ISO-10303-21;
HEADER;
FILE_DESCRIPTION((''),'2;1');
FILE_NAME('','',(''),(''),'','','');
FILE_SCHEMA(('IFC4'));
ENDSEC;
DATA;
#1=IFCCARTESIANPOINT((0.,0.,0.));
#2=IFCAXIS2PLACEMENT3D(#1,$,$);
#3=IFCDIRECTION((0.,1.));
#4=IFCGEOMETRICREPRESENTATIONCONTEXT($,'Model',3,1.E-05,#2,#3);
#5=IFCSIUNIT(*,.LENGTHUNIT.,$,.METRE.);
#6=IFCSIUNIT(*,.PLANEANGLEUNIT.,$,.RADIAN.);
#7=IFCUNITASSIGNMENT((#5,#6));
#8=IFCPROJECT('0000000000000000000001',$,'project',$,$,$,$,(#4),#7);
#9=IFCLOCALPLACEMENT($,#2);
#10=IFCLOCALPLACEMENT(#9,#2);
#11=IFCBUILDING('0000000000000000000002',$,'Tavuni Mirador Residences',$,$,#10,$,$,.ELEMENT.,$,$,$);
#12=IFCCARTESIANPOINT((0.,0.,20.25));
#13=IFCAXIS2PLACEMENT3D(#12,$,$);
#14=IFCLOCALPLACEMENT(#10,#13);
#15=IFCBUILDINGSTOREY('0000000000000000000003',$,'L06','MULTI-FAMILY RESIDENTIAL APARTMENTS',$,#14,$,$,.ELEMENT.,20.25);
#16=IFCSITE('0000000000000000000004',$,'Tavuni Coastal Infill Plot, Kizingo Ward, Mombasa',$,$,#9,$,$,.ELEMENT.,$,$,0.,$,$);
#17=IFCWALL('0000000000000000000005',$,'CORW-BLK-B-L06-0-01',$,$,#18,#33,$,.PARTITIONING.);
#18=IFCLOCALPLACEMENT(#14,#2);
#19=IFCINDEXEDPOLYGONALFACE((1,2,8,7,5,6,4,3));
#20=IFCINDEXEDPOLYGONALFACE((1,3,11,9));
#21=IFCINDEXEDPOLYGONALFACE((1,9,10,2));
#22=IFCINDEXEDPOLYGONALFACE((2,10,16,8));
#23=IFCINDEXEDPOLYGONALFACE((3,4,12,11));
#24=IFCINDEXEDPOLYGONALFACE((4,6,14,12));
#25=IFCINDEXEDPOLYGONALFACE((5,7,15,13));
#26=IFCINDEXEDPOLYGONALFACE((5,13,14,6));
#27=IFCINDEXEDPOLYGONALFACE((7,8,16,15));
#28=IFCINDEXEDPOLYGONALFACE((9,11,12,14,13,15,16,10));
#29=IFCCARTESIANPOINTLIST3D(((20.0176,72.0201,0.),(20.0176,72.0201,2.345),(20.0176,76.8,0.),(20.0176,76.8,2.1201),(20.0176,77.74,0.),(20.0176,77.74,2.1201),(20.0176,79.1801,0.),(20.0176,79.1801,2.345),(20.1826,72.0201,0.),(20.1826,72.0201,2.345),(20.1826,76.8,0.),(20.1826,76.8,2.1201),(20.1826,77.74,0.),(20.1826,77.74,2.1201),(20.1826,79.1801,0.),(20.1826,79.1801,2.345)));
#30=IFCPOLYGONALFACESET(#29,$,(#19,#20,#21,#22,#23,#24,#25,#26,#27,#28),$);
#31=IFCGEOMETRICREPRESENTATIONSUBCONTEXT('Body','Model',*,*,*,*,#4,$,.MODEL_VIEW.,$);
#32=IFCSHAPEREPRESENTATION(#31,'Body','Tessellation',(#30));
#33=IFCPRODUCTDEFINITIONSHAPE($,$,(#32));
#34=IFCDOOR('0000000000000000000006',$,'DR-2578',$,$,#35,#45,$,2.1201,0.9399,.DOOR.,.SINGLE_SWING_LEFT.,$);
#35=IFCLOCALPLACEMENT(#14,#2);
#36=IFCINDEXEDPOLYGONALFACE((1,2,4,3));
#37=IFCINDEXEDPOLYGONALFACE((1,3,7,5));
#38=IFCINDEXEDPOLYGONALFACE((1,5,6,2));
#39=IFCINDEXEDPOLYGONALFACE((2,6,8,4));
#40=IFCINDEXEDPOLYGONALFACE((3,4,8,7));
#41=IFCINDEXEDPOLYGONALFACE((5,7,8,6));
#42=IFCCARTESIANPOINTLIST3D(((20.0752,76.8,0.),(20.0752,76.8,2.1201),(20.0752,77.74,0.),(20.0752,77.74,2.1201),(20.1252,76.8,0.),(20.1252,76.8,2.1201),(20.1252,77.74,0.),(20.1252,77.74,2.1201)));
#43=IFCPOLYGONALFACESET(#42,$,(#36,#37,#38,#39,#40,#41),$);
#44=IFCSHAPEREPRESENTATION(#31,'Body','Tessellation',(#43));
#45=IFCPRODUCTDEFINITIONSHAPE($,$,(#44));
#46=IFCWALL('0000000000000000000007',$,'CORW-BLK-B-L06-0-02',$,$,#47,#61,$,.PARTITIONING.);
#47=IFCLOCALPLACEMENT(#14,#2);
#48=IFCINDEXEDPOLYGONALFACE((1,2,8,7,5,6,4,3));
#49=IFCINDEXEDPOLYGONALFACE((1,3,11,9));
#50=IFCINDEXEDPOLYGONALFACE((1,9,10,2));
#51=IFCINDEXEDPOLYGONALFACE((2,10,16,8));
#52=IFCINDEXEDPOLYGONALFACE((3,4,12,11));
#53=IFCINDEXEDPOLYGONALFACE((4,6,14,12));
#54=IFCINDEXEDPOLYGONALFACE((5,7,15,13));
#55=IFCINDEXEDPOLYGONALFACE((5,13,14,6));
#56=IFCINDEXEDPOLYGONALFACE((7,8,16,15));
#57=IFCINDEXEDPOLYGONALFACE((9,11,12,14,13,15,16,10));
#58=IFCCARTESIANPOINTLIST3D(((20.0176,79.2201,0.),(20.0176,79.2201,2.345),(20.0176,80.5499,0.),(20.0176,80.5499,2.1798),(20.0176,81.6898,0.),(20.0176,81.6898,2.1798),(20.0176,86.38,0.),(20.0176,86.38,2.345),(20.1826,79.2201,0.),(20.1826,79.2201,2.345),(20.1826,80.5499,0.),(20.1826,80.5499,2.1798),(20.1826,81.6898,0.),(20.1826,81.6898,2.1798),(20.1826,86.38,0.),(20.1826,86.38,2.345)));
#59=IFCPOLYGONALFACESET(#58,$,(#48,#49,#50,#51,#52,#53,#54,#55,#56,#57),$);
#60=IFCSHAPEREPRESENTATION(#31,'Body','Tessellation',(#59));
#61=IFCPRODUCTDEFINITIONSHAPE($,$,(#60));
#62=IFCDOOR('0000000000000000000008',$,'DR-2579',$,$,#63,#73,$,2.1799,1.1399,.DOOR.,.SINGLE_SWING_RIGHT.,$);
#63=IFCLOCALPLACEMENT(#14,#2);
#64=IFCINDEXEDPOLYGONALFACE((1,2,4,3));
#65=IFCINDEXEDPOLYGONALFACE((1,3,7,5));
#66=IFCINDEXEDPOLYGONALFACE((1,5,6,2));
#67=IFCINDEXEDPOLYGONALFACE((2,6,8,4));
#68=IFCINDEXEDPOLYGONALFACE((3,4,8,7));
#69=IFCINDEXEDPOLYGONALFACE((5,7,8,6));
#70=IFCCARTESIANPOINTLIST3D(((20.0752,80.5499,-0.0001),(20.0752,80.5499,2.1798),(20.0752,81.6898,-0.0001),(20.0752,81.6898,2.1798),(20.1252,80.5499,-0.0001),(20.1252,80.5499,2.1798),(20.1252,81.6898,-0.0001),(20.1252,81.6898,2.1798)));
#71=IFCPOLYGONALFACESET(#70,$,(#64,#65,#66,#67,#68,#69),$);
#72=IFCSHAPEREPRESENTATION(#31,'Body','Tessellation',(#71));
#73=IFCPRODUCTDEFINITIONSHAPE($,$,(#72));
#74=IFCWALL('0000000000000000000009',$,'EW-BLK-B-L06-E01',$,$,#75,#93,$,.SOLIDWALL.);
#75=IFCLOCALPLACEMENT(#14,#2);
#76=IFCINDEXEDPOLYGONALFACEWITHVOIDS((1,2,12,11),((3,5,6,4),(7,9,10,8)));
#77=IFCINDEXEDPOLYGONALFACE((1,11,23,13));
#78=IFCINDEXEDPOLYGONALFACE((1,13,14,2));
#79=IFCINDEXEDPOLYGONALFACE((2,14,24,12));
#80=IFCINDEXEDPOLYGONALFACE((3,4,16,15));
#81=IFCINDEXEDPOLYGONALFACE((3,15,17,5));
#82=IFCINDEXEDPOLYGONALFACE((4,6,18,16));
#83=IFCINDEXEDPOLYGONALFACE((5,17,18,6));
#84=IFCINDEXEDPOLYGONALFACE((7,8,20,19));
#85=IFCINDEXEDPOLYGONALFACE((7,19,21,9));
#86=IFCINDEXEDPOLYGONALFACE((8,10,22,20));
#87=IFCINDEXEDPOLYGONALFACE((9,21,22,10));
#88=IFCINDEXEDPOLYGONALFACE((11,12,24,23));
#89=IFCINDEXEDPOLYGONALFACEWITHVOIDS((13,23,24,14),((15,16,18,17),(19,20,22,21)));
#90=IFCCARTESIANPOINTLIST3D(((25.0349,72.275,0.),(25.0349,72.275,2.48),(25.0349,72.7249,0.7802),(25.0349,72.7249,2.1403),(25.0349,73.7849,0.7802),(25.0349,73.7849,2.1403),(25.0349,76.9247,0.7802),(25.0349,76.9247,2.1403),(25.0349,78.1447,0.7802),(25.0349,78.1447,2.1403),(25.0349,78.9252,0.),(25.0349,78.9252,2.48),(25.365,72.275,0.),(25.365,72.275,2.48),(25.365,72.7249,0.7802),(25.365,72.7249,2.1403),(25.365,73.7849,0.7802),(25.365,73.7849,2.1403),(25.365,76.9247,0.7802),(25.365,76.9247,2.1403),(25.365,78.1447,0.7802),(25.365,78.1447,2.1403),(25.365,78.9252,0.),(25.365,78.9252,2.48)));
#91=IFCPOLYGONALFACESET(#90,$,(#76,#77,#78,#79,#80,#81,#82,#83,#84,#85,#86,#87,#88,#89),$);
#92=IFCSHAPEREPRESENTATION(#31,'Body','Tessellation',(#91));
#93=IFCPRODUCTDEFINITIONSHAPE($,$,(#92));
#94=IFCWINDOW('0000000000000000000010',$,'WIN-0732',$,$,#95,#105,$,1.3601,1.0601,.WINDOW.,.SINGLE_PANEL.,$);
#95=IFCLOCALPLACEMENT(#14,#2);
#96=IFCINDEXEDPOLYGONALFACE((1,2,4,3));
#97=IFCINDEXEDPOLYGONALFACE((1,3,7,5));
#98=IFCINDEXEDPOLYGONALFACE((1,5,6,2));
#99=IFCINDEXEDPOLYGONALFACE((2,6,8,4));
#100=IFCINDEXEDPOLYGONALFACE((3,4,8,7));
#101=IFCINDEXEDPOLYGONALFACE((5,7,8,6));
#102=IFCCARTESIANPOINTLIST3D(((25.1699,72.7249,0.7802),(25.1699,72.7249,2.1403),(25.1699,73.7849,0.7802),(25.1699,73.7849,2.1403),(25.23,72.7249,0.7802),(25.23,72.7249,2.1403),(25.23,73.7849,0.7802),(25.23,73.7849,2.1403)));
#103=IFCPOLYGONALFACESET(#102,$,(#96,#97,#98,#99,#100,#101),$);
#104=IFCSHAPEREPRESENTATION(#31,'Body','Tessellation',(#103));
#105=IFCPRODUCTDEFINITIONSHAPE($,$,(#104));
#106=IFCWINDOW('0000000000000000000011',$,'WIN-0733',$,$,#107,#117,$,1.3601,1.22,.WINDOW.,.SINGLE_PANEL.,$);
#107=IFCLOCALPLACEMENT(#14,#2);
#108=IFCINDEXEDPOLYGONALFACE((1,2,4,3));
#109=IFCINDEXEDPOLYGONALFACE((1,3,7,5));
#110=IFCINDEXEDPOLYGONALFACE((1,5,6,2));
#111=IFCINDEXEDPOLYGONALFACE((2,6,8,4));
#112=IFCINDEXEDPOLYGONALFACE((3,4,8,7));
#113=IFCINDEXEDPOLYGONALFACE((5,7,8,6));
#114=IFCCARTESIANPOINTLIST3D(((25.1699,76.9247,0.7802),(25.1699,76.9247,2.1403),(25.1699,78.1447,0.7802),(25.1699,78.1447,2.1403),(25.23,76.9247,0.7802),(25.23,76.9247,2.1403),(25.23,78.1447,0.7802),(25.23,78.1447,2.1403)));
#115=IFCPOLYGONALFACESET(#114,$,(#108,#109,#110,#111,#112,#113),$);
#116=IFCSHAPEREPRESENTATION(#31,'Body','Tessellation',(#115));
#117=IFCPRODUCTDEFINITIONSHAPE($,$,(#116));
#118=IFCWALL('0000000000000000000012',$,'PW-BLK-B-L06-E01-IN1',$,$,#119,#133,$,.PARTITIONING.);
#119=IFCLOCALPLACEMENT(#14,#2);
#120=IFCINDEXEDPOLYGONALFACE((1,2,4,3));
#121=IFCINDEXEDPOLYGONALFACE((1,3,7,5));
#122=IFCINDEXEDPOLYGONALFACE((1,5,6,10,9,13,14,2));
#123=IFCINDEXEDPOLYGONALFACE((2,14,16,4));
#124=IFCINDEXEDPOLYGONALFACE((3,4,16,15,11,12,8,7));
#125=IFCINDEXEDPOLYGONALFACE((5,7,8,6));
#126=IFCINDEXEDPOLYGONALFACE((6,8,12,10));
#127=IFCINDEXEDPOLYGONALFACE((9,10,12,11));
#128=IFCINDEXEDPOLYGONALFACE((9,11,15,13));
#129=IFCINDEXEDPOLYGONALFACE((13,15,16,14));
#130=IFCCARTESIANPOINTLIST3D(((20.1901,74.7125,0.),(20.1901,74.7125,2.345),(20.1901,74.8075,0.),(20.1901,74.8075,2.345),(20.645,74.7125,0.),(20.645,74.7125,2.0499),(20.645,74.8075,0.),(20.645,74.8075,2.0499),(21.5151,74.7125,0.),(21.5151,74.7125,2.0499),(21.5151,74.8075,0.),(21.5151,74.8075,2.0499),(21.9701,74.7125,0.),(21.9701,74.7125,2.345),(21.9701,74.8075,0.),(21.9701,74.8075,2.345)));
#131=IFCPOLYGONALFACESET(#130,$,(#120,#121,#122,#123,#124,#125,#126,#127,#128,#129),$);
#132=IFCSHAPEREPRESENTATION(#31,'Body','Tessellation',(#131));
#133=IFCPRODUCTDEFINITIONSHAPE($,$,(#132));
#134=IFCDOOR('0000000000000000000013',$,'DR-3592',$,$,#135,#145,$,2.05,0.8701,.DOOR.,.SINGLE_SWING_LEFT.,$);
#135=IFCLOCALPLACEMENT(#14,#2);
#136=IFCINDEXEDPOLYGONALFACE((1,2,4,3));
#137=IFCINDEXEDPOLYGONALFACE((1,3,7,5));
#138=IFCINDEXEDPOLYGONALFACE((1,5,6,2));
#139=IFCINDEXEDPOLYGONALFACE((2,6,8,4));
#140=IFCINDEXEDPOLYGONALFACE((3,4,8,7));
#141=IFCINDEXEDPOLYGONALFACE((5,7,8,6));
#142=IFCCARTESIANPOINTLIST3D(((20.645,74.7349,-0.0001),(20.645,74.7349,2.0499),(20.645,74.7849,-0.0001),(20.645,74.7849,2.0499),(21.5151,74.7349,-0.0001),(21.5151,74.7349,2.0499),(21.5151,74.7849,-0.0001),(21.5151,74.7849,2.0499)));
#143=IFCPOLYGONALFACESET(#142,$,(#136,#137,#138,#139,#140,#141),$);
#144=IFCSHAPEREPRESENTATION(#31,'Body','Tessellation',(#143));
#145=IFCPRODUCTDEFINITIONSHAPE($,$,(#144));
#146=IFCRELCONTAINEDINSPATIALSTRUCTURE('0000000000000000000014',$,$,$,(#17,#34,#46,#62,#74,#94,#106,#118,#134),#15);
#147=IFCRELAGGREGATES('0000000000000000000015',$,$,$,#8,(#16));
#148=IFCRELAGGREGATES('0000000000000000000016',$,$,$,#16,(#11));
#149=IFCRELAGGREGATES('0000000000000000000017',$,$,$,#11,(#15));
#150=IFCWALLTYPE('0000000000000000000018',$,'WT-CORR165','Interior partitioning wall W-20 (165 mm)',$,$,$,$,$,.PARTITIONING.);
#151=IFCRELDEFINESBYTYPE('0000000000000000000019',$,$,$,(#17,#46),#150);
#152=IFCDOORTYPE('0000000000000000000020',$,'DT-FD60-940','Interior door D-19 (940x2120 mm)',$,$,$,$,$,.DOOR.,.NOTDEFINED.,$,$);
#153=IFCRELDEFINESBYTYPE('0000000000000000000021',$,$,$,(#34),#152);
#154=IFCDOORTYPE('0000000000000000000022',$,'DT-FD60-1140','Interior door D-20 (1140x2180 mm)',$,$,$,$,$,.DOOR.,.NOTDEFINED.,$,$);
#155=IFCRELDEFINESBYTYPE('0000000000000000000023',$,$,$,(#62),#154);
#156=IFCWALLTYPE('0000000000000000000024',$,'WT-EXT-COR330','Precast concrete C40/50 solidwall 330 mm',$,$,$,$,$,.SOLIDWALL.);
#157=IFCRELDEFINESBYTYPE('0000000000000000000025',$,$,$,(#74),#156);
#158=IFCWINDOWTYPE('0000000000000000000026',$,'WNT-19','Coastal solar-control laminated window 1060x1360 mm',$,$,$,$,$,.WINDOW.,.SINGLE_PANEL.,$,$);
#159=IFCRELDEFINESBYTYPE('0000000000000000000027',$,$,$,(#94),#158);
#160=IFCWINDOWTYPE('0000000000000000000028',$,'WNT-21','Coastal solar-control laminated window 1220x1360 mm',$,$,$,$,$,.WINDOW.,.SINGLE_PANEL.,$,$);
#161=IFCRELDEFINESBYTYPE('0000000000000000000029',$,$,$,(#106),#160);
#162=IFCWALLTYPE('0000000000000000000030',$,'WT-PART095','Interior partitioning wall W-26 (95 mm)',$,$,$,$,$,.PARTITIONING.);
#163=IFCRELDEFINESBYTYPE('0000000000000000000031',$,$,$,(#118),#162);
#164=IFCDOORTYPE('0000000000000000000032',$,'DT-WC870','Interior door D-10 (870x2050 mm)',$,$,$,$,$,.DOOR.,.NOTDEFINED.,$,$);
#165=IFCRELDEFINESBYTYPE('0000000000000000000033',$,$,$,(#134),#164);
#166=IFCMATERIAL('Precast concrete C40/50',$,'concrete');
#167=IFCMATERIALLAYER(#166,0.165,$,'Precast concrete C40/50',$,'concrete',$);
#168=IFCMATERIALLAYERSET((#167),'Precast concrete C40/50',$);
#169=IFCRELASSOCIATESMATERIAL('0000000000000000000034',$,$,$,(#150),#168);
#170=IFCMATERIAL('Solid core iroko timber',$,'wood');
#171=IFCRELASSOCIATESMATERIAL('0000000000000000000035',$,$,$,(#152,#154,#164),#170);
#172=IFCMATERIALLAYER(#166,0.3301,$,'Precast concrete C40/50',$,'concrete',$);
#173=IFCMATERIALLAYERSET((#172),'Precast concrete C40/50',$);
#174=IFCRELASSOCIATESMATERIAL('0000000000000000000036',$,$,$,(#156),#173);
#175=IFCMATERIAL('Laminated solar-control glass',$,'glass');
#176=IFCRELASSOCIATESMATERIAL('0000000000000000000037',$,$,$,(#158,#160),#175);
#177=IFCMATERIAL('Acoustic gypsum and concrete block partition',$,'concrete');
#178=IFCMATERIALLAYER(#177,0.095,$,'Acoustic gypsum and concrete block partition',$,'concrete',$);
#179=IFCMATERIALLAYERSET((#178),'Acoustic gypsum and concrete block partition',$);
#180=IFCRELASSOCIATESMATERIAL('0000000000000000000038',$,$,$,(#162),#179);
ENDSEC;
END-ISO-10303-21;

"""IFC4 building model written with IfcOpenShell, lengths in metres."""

from ifc_helpers import new_model, si_unit, direction, frame, frame_2d, origin, place, context, subcontext, project, spatial, rectangle, extrude, material, layer, layer_set, type_object, element, fill, save


model = new_model("IFC4")

# Units and contexts
model_context = context("Model", 3, precision=1e-05, world=origin(), true_north=direction((0.0, 1.0)))
body_context = subcontext(model_context, "Body", "Model", "MODEL_VIEW")
ifc_project = project(units=[si_unit("LENGTHUNIT", "METRE"), si_unit("PLANEANGLEUNIT", "RADIAN")], contexts=[model_context])

# Site, building, storey
site_placement = place(None, origin())
site = spatial("IfcSite", under=ifc_project, at=site_placement, Name="Tavuni Coastal Infill Plot, Kizingo Ward, Mombasa", CompositionType="ELEMENT", RefElevation=0.0)
building_placement = place(site_placement, origin())
building = spatial("IfcBuilding", under=site, at=building_placement, Name="Tavuni Mirador Residences", CompositionType="ELEMENT")
storey_placement = place(building_placement, frame((0.0, 0.0, 20.25)))
storey = spatial("IfcBuildingStorey", under=building, at=storey_placement, Name="L06", Description="MULTI-FAMILY RESIDENTIAL APARTMENTS", CompositionType="ELEMENT", Elevation=20.25)

# Shared definitions
ifc_material_1 = material(Name="Precast concrete C40/50", Category="concrete")

# Walls, openings, doors
ifc_material_2 = material(Name="Solid core iroko timber", Category="wood")
ifc_layer_1 = layer(ifc_material_1, 0.165, Name="Precast concrete C40/50", Category="concrete")
ifc_layer_set_1 = layer_set([ifc_layer_1], Name="Precast concrete C40/50")
wall_type_1 = type_object("IfcWallType", Name="WT-CORR165", Description="Interior partitioning wall W-20 (165 mm)", PredefinedType="PARTITIONING", material=ifc_layer_set_1)
wall_1_placement = place(storey_placement, frame((20.1001, 72.02, 0.0), z_axis=(0.0, 0.0, 1.0), x_axis=(0.0, 1.0, 0.0)))
wall_1 = element("IfcWall", 1, at=wall_1_placement, inside=storey, type_object=wall_type_1, Name="CORW-BLK-B-L06-0-01", PredefinedType="PARTITIONING", context=body_context, shape_type="SweptSolid", body=[
    extrude(rectangle(XDim=7.1599, YDim=0.165, at=frame_2d((3.5801, 0.0))), origin(), (0.0, 0.0, 1.0), 2.345),
])
opening_1_placement = place(wall_1_placement, frame((4.78, 0.0, 0.0)))
opening_1 = element("IfcOpeningElement", 2, at=opening_1_placement, cuts=wall_1, PredefinedType="OPENING", context=body_context, shape_type="SweptSolid", body=[
    extrude(rectangle(XDim=0.9399, YDim=2.1201, at=frame_2d((0.47, 1.0601))), frame((0.0, 0.0925, 0.0), z_axis=(0.0, -1.0, 0.0), x_axis=(1.0, 0.0, 0.0)), (0.0, 0.0, 1.0), 0.1851),
])
door_type_1 = type_object("IfcDoorType", Name="DT-FD60-940", Description="Interior door D-19 (940x2120 mm)", OperationType="NOTDEFINED", PredefinedType="DOOR", material=ifc_material_2)
door_1_placement = place(opening_1_placement, origin())
door_1 = element("IfcDoor", 3, at=door_1_placement, inside=storey, type_object=door_type_1, Name="DR-2578", OperationType="SINGLE_SWING_LEFT", OverallHeight=2.1201, OverallWidth=0.9399, PredefinedType="DOOR", context=body_context, shape_type="SweptSolid", body=[
    extrude(rectangle(XDim=0.9399, YDim=2.1201, at=frame_2d((0.47, 1.0601))), frame((0.0, 0.0249, 0.0), z_axis=(0.0, -1.0, 0.0), x_axis=(1.0, 0.0, 0.0)), (0.0, 0.0, 1.0), 0.05),
])
fill(opening_1, door_1)
wall_2_placement = place(storey_placement, frame((20.1001, 79.22, 0.0), z_axis=(0.0, 0.0, 1.0), x_axis=(0.0, 1.0, 0.0)))
wall_2 = element("IfcWall", 4, at=wall_2_placement, inside=storey, type_object=wall_type_1, Name="CORW-BLK-B-L06-0-02", PredefinedType="PARTITIONING", context=body_context, shape_type="SweptSolid", body=[
    extrude(rectangle(XDim=7.1599, YDim=0.165, at=frame_2d((3.5801, 0.0))), origin(), (0.0, 0.0, 1.0), 2.345),
])
opening_2_placement = place(wall_2_placement, frame((1.3301, 0.0, 0.0)))
opening_2 = element("IfcOpeningElement", 5, at=opening_2_placement, cuts=wall_2, PredefinedType="OPENING", context=body_context, shape_type="SweptSolid", body=[
    extrude(rectangle(XDim=1.1399, YDim=2.1799, at=frame_2d((0.5698, 1.0898))), frame((0.0, 0.0925, 0.0), z_axis=(0.0, -1.0, 0.0), x_axis=(1.0, 0.0, 0.0)), (0.0, 0.0, 1.0), 0.1851),
])
door_type_2 = type_object("IfcDoorType", Name="DT-FD60-1140", Description="Interior door D-20 (1140x2180 mm)", OperationType="NOTDEFINED", PredefinedType="DOOR", material=ifc_material_2)
door_2_placement = place(opening_2_placement, origin())
door_2 = element("IfcDoor", 6, at=door_2_placement, inside=storey, type_object=door_type_2, Name="DR-2579", OperationType="SINGLE_SWING_RIGHT", OverallHeight=2.1799, OverallWidth=1.1399, PredefinedType="DOOR", context=body_context, shape_type="SweptSolid", body=[
    extrude(rectangle(XDim=1.1399, YDim=2.1799, at=frame_2d((0.5698, 1.0898))), frame((0.0, 0.0249, 0.0), z_axis=(0.0, -1.0, 0.0), x_axis=(1.0, 0.0, 0.0)), (0.0, 0.0, 1.0), 0.05),
])
fill(opening_2, door_2)

# Wall, openings, windows
ifc_layer_2 = layer(ifc_material_1, 0.3301, Name="Precast concrete C40/50", Category="concrete")
ifc_layer_set_2 = layer_set([ifc_layer_2], Name="Precast concrete C40/50")
wall_type_2 = type_object("IfcWallType", Name="WT-EXT-COR330", Description="Precast concrete C40/50 solidwall 330 mm", PredefinedType="SOLIDWALL", material=ifc_layer_set_2)
wall_3_placement = place(storey_placement, frame((25.2, 72.2749, 0.0), z_axis=(0.0, 0.0, 1.0), x_axis=(0.0, 1.0, 0.0)))
wall_3 = element("IfcWall", 7, at=wall_3_placement, inside=storey, type_object=wall_type_2, Name="EW-BLK-B-L06-E01", PredefinedType="SOLIDWALL", context=body_context, shape_type="SweptSolid", body=[
    extrude(rectangle(XDim=6.6501, YDim=0.3301, at=frame_2d((3.3252, 0.0))), origin(), (0.0, 0.0, 1.0), 2.48),
])
opening_3_placement = place(wall_3_placement, frame((0.45, 0.0, 0.78)))
opening_3 = element("IfcOpeningElement", 8, at=opening_3_placement, cuts=wall_3, PredefinedType="OPENING", context=body_context, shape_type="SweptSolid", body=[
    extrude(rectangle(XDim=1.0601, YDim=1.3601, at=frame_2d((0.53, 0.6802))), frame((0.0, 0.175, 0.0), z_axis=(0.0, -1.0, 0.0), x_axis=(1.0, 0.0, 0.0)), (0.0, 0.0, 1.0), 0.3501),
])
opening_4_placement = place(wall_3_placement, frame((4.6499, 0.0, 0.78)))
opening_4 = element("IfcOpeningElement", 9, at=opening_4_placement, cuts=wall_3, PredefinedType="OPENING", context=body_context, shape_type="SweptSolid", body=[
    extrude(rectangle(XDim=1.22, YDim=1.3601, at=frame_2d((0.6099, 0.6802))), frame((0.0, 0.175, 0.0), z_axis=(0.0, -1.0, 0.0), x_axis=(1.0, 0.0, 0.0)), (0.0, 0.0, 1.0), 0.3501),
])
ifc_material_3 = material(Name="Laminated solar-control glass", Category="glass")
window_type_1 = type_object("IfcWindowType", Name="WNT-19", Description="Coastal solar-control laminated window 1060x1360 mm", PartitioningType="SINGLE_PANEL", PredefinedType="WINDOW", material=ifc_material_3)
window_1_placement = place(opening_3_placement, origin())
window_1 = element("IfcWindow", 10, at=window_1_placement, inside=storey, type_object=window_type_1, Name="WIN-0732", OverallHeight=1.3601, OverallWidth=1.0601, PartitioningType="SINGLE_PANEL", PredefinedType="WINDOW", context=body_context, shape_type="SweptSolid", body=[
    extrude(rectangle(XDim=1.0601, YDim=1.3601, at=frame_2d((0.53, 0.6802))), frame((0.0, 0.03, 0.0), z_axis=(0.0, -1.0, 0.0), x_axis=(1.0, 0.0, 0.0)), (0.0, 0.0, 1.0), 0.0601),
])
fill(opening_3, window_1)
window_type_2 = type_object("IfcWindowType", Name="WNT-21", Description="Coastal solar-control laminated window 1220x1360 mm", PartitioningType="SINGLE_PANEL", PredefinedType="WINDOW", material=ifc_material_3)
window_2_placement = place(opening_4_placement, origin())
window_2 = element("IfcWindow", 11, at=window_2_placement, inside=storey, type_object=window_type_2, Name="WIN-0733", OverallHeight=1.3601, OverallWidth=1.22, PartitioningType="SINGLE_PANEL", PredefinedType="WINDOW", context=body_context, shape_type="SweptSolid", body=[
    extrude(rectangle(XDim=1.22, YDim=1.3601, at=frame_2d((0.6099, 0.6802))), frame((0.0, 0.03, 0.0), z_axis=(0.0, -1.0, 0.0), x_axis=(1.0, 0.0, 0.0)), (0.0, 0.0, 1.0), 0.0601),
])
fill(opening_4, window_2)

# Wall, opening, door
ifc_material_4 = material(Name="Acoustic gypsum and concrete block partition", Category="concrete")
ifc_layer_3 = layer(ifc_material_4, 0.095, Name="Acoustic gypsum and concrete block partition", Category="concrete")
ifc_layer_set_3 = layer_set([ifc_layer_3], Name="Acoustic gypsum and concrete block partition")
wall_type_3 = type_object("IfcWallType", Name="WT-PART095", Description="Interior partitioning wall W-26 (95 mm)", PredefinedType="PARTITIONING", material=ifc_layer_set_3)
wall_4_placement = place(storey_placement, frame((20.1899, 74.76, 0.0), z_axis=(0.0, 0.0, 1.0), x_axis=(1.0, 0.0, 0.0)))
wall_4 = element("IfcWall", 12, at=wall_4_placement, inside=storey, type_object=wall_type_3, Name="PW-BLK-B-L06-E01-IN1", PredefinedType="PARTITIONING", context=body_context, shape_type="SweptSolid", body=[
    extrude(rectangle(XDim=1.78, YDim=0.095, at=frame_2d((0.8901, 0.0))), origin(), (0.0, 0.0, 1.0), 2.345),
])
opening_5_placement = place(wall_4_placement, frame((0.4551, 0.0, 0.0)))
opening_5 = element("IfcOpeningElement", 13, at=opening_5_placement, cuts=wall_4, PredefinedType="OPENING", context=body_context, shape_type="SweptSolid", body=[
    extrude(rectangle(XDim=0.8701, YDim=2.05, at=frame_2d((0.4351, 1.0249))), frame((0.0, 0.0576, 0.0), z_axis=(0.0, -1.0, 0.0), x_axis=(1.0, 0.0, 0.0)), (0.0, 0.0, 1.0), 0.115),
])
door_type_3 = type_object("IfcDoorType", Name="DT-WC870", Description="Interior door D-10 (870x2050 mm)", OperationType="NOTDEFINED", PredefinedType="DOOR", material=ifc_material_2)
door_3_placement = place(opening_5_placement, origin())
door_3 = element("IfcDoor", 14, at=door_3_placement, inside=storey, type_object=door_type_3, Name="DR-3592", OperationType="SINGLE_SWING_LEFT", OverallHeight=2.05, OverallWidth=0.8701, PredefinedType="DOOR", context=body_context, shape_type="SweptSolid", body=[
    extrude(rectangle(XDim=0.8701, YDim=2.05, at=frame_2d((0.4351, 1.0249))), frame((0.0, 0.0249, 0.0), z_axis=(0.0, -1.0, 0.0), x_axis=(1.0, 0.0, 0.0)), (0.0, 0.0, 1.0), 0.05),
])
fill(opening_5, door_3)

save(model, "model.ifc")
